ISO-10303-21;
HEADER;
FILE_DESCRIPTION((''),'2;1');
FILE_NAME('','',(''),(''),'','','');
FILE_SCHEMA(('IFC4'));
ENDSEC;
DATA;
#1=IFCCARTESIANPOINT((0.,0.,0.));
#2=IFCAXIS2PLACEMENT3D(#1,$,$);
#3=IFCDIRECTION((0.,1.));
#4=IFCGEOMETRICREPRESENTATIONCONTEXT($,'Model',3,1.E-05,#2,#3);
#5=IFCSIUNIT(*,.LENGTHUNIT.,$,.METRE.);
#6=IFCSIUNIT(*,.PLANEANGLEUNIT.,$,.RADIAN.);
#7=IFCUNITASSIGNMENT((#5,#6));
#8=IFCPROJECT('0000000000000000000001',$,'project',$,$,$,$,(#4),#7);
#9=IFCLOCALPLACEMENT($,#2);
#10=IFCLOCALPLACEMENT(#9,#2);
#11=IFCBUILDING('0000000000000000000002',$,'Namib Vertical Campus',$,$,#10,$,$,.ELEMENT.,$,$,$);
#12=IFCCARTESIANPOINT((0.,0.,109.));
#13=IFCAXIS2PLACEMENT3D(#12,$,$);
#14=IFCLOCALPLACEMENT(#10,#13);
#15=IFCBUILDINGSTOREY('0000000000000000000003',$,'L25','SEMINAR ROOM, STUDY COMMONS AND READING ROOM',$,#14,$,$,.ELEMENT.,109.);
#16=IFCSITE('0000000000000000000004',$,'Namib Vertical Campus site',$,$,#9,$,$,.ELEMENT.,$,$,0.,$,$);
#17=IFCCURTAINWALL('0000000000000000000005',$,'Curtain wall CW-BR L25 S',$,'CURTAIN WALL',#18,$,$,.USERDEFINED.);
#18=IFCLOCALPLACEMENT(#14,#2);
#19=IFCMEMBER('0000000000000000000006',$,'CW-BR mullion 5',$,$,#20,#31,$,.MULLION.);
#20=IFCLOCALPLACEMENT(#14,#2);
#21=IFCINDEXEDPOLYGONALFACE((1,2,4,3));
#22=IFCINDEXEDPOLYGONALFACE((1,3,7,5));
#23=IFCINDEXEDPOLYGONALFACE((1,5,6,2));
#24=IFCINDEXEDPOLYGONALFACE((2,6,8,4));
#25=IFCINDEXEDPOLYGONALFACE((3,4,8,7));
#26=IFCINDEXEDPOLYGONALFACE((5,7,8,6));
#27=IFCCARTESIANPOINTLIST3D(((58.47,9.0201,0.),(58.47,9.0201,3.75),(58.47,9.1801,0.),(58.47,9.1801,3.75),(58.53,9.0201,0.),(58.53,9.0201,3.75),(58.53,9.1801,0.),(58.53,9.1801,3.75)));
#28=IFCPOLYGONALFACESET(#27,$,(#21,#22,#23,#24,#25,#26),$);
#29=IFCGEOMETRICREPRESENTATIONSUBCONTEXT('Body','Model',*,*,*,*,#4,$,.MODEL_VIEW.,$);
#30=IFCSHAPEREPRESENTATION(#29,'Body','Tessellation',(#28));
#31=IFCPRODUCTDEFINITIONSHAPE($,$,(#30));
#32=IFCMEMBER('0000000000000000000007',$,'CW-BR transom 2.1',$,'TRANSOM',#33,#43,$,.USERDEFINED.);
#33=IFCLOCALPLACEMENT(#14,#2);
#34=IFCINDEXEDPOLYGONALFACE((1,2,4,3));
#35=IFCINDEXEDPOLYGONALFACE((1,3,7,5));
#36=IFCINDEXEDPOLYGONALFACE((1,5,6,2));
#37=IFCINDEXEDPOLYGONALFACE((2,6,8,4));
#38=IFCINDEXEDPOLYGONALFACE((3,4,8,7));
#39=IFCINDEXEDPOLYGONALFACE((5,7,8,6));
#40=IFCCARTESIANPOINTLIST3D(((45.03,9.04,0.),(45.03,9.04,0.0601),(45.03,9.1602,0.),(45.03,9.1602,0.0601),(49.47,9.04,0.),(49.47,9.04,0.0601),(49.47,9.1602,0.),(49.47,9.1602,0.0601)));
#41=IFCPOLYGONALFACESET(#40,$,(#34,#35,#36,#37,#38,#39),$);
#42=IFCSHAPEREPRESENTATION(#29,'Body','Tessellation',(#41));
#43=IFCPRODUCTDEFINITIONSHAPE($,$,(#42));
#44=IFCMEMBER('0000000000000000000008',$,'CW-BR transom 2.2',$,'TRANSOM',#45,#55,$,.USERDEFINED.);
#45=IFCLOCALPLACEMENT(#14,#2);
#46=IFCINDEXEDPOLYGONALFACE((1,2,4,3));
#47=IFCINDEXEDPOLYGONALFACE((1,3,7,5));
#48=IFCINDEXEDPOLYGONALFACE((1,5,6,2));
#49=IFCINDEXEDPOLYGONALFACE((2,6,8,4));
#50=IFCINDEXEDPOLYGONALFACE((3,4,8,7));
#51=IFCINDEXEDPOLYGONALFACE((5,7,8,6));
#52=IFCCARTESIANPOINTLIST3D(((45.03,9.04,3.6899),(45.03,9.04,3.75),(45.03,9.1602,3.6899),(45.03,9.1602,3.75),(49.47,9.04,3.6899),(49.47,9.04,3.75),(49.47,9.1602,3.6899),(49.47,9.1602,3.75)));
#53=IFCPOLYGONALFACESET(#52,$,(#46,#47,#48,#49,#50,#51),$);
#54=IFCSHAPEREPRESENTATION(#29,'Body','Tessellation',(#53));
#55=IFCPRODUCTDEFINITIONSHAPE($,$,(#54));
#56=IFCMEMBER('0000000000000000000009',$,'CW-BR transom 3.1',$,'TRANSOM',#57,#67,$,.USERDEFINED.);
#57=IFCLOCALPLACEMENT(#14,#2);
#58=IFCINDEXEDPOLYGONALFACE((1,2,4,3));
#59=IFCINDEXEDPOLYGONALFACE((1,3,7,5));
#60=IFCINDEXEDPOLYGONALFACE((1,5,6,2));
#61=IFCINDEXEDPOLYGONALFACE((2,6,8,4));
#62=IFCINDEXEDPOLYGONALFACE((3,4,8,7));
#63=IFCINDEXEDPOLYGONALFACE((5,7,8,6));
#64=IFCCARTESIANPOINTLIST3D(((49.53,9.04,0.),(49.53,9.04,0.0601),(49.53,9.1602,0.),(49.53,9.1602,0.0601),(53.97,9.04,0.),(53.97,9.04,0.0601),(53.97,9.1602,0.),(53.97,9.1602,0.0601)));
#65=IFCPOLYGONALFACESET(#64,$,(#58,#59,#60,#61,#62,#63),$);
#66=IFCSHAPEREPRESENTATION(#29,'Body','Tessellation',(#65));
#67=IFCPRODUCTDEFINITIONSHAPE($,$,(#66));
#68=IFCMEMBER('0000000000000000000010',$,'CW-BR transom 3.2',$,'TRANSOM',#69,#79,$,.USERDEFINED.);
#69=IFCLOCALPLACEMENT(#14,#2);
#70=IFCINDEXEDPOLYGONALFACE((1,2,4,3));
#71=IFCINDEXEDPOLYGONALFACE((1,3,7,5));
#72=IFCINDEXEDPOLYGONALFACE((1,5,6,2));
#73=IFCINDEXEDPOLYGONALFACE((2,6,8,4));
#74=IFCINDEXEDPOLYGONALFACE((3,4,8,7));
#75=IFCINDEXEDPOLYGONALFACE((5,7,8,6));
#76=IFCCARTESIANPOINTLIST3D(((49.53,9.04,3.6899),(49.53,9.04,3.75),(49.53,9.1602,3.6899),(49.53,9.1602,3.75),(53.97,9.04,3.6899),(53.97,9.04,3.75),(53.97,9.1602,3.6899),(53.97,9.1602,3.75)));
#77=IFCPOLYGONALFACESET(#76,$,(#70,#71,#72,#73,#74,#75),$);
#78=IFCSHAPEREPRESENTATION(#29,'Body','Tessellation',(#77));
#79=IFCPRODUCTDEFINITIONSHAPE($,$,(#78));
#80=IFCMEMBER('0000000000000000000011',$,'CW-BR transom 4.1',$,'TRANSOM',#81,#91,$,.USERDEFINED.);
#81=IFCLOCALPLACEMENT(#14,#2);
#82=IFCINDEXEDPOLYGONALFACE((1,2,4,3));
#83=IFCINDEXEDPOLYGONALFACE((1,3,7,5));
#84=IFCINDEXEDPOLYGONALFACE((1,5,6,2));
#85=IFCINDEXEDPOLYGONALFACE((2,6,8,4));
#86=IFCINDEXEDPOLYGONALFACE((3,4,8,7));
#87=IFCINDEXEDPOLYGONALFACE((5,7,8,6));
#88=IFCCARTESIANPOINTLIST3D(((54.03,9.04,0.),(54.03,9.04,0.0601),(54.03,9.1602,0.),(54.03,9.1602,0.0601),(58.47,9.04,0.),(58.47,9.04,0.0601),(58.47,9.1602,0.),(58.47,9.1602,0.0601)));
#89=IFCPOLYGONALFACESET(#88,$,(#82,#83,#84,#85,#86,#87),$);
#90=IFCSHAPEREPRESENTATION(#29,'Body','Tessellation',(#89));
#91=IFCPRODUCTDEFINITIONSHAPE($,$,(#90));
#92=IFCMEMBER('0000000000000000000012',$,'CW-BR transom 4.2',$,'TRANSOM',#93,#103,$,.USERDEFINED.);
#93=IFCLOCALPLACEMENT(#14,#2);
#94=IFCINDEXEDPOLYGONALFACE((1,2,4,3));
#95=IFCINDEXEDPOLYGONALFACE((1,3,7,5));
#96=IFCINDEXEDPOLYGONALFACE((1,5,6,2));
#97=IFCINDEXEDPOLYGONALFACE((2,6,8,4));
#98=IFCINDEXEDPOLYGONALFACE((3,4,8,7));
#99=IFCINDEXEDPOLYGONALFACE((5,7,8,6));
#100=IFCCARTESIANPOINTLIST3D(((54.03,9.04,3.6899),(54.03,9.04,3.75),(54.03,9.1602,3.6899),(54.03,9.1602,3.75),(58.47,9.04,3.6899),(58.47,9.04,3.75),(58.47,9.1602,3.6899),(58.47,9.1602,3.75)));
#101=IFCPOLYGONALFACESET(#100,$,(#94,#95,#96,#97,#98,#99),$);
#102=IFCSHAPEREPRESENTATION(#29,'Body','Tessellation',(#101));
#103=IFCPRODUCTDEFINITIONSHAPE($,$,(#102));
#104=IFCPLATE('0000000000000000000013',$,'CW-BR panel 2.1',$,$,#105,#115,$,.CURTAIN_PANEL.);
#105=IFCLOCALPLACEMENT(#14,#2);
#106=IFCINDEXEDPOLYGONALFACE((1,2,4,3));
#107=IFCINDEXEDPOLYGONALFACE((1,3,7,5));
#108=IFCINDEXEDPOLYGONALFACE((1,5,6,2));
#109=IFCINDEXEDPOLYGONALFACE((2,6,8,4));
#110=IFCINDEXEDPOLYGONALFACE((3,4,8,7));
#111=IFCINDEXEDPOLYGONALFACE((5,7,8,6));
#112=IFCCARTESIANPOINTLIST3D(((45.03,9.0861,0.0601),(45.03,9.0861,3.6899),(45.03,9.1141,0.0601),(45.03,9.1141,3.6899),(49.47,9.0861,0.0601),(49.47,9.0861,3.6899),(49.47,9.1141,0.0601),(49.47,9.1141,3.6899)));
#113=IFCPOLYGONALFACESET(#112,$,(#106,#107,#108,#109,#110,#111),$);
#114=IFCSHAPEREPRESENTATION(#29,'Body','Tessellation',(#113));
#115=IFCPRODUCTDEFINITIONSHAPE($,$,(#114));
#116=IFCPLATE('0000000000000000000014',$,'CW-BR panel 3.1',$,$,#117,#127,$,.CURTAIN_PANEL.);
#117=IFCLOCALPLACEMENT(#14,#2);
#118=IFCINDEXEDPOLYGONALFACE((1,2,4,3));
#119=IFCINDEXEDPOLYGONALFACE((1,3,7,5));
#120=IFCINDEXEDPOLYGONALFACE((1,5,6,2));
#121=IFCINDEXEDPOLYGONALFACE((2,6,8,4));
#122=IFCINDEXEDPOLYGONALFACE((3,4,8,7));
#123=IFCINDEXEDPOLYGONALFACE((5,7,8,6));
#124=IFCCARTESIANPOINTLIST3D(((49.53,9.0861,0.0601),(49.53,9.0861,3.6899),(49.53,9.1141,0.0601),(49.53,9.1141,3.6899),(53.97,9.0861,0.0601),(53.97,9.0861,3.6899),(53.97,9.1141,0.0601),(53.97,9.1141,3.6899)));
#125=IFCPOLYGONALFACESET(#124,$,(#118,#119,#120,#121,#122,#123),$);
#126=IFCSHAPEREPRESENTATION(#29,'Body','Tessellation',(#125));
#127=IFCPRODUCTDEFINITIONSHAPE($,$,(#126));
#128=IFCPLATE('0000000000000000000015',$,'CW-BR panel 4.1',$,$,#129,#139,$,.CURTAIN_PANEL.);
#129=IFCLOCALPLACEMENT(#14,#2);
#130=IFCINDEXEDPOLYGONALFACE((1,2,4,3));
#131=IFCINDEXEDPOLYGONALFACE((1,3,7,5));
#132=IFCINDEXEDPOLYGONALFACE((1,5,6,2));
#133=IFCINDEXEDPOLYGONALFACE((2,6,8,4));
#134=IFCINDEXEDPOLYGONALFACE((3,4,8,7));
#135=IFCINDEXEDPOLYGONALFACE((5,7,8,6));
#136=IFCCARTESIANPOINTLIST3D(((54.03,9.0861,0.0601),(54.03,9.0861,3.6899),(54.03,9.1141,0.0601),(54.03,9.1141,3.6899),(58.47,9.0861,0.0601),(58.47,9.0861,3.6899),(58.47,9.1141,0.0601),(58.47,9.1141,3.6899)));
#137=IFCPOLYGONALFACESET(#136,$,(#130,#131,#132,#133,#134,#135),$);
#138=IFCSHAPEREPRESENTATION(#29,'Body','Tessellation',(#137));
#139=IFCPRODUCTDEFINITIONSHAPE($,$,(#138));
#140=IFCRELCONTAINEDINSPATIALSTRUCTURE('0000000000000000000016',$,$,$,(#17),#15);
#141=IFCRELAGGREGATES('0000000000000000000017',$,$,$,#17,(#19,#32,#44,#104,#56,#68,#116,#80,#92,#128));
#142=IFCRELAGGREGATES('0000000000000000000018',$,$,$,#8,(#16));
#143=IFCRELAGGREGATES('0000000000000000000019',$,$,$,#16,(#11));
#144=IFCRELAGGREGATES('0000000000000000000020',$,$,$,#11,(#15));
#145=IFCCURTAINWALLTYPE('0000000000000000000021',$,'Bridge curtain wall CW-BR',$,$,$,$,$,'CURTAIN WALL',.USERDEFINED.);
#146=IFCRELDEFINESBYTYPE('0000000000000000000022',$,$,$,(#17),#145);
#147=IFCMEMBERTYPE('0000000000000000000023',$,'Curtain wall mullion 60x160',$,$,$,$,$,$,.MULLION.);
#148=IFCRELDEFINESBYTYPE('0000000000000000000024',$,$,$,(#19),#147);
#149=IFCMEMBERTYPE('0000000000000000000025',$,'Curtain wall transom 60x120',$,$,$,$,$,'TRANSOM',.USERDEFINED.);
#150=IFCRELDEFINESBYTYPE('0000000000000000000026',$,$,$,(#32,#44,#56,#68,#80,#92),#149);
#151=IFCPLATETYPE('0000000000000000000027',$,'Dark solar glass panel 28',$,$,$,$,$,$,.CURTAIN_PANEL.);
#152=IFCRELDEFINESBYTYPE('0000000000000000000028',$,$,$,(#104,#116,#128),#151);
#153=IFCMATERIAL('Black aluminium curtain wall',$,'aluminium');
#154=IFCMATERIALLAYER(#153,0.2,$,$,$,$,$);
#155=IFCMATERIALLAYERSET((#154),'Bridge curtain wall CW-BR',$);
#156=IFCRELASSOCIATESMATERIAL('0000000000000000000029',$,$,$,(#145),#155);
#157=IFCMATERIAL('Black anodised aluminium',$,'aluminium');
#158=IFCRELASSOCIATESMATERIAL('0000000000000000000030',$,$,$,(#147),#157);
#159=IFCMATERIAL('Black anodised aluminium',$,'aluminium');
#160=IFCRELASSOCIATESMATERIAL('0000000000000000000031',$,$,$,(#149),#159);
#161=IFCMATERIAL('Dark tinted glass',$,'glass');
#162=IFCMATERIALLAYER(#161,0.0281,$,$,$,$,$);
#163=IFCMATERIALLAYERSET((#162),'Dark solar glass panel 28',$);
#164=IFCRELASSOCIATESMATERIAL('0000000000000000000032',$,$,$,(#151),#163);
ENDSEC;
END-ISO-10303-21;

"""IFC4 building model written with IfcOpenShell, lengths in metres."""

from ifc_helpers import new_model, si_unit, direction, frame, origin, origin_2d, place, context, subcontext, project, spatial, rectangle, extrude, material, layer, layer_set, material_profile, profile_set, type_object, element, aggregate, save


model = new_model("IFC4")

# Units and contexts
model_context = context("Model", 3, precision=1e-05, world=origin(), true_north=direction((0.0, 1.0)))
body_context = subcontext(model_context, "Body", "Model", "MODEL_VIEW")
ifc_project = project(units=[si_unit("LENGTHUNIT", "METRE"), si_unit("PLANEANGLEUNIT", "RADIAN")], contexts=[model_context])

# Site, building, storey
site_placement = place(None, origin())
site = spatial("IfcSite", under=ifc_project, at=site_placement, Name="Namib Vertical Campus site", CompositionType="ELEMENT", RefElevation=0.0)
building_placement = place(site_placement, origin())
building = spatial("IfcBuilding", under=site, at=building_placement, Name="Namib Vertical Campus", CompositionType="ELEMENT")
storey_placement = place(building_placement, frame((0.0, 0.0, 109.0)))
storey = spatial("IfcBuildingStorey", under=building, at=storey_placement, Name="L25", Description="SEMINAR ROOM, STUDY COMMONS AND READING ROOM", CompositionType="ELEMENT", Elevation=109.0)

# Curtain wall, members, plates
ifc_material_1 = material(Name="Black aluminium curtain wall", Category="aluminium")
ifc_layer_1 = layer(ifc_material_1, 0.2)
ifc_layer_set_1 = layer_set([ifc_layer_1], Name="Bridge curtain wall CW-BR")
curtain_wall_type = type_object("IfcCurtainWallType", Name="Bridge curtain wall CW-BR", ElementType="CURTAIN WALL", PredefinedType="USERDEFINED", material=ifc_layer_set_1)
curtain_wall_placement = place(storey_placement, origin())
curtain_wall = element("IfcCurtainWall", 1, at=curtain_wall_placement, inside=storey, type_object=curtain_wall_type, Name="Curtain wall CW-BR L25 S", ObjectType="CURTAIN WALL", PredefinedType="USERDEFINED")
ifc_material_2 = material(Name="Black anodised aluminium", Category="aluminium")
ifc_material_profile_1 = material_profile(ifc_material_2, rectangle(XDim=0.0601, YDim=0.1599, at=origin_2d()))
ifc_profile_set_1 = profile_set([ifc_material_profile_1], Name="Black anodised aluminium")
member_type_1 = type_object("IfcMemberType", Name="Curtain wall mullion 60x160", PredefinedType="MULLION", material=ifc_profile_set_1)
member_1_placement = place(storey_placement, frame((58.5, 9.1001, 0.0), z_axis=(0.0, 0.0, 1.0), x_axis=(1.0, 0.0, 0.0)))
member_1 = element("IfcMember", 2, at=member_1_placement, type_object=member_type_1, Name="CW-BR mullion 5", PredefinedType="MULLION", context=body_context, shape_type="SweptSolid", body=[
    extrude(rectangle(XDim=0.0601, YDim=0.1599, at=origin_2d()), origin(), (0.0, 0.0, 1.0), 3.75),
])
ifc_material_3 = material(Name="Black anodised aluminium", Category="aluminium")
ifc_material_profile_2 = material_profile(ifc_material_3, rectangle(XDim=0.0601, YDim=0.1201, at=origin_2d()))
ifc_profile_set_2 = profile_set([ifc_material_profile_2], Name="Black anodised aluminium")
member_type_2 = type_object("IfcMemberType", Name="Curtain wall transom 60x120", ElementType="TRANSOM", PredefinedType="USERDEFINED", material=ifc_profile_set_2)
member_2_placement = place(storey_placement, frame((45.03, 9.1001, 0.03), z_axis=(1.0, 0.0, 0.0), x_axis=(0.0, 0.0, 1.0)))
member_2 = element("IfcMember", 3, at=member_2_placement, type_object=member_type_2, Name="CW-BR transom 2.1", ObjectType="TRANSOM", PredefinedType="USERDEFINED", context=body_context, shape_type="SweptSolid", body=[
    extrude(rectangle(XDim=0.0601, YDim=0.1201, at=origin_2d()), origin(), (0.0, 0.0, 1.0), 4.4399),
])
member_3_placement = place(storey_placement, frame((45.03, 9.1001, 3.72), z_axis=(1.0, 0.0, 0.0), x_axis=(0.0, 0.0, 1.0)))
member_3 = element("IfcMember", 4, at=member_3_placement, type_object=member_type_2, Name="CW-BR transom 2.2", ObjectType="TRANSOM", PredefinedType="USERDEFINED", context=body_context, shape_type="SweptSolid", body=[
    extrude(rectangle(XDim=0.0601, YDim=0.1201, at=origin_2d()), origin(), (0.0, 0.0, 1.0), 4.4399),
])
member_4_placement = place(storey_placement, frame((49.53, 9.1001, 0.03), z_axis=(1.0, 0.0, 0.0), x_axis=(0.0, 0.0, 1.0)))
member_4 = element("IfcMember", 5, at=member_4_placement, type_object=member_type_2, Name="CW-BR transom 3.1", ObjectType="TRANSOM", PredefinedType="USERDEFINED", context=body_context, shape_type="SweptSolid", body=[
    extrude(rectangle(XDim=0.0601, YDim=0.1201, at=origin_2d()), origin(), (0.0, 0.0, 1.0), 4.4399),
])
member_5_placement = place(storey_placement, frame((49.53, 9.1001, 3.72), z_axis=(1.0, 0.0, 0.0), x_axis=(0.0, 0.0, 1.0)))
member_5 = element("IfcMember", 6, at=member_5_placement, type_object=member_type_2, Name="CW-BR transom 3.2", ObjectType="TRANSOM", PredefinedType="USERDEFINED", context=body_context, shape_type="SweptSolid", body=[
    extrude(rectangle(XDim=0.0601, YDim=0.1201, at=origin_2d()), origin(), (0.0, 0.0, 1.0), 4.4399),
])
member_6_placement = place(storey_placement, frame((54.03, 9.1001, 0.03), z_axis=(1.0, 0.0, 0.0), x_axis=(0.0, 0.0, 1.0)))
member_6 = element("IfcMember", 7, at=member_6_placement, type_object=member_type_2, Name="CW-BR transom 4.1", ObjectType="TRANSOM", PredefinedType="USERDEFINED", context=body_context, shape_type="SweptSolid", body=[
    extrude(rectangle(XDim=0.0601, YDim=0.1201, at=origin_2d()), origin(), (0.0, 0.0, 1.0), 4.4399),
])
member_7_placement = place(storey_placement, frame((54.03, 9.1001, 3.72), z_axis=(1.0, 0.0, 0.0), x_axis=(0.0, 0.0, 1.0)))
member_7 = element("IfcMember", 8, at=member_7_placement, type_object=member_type_2, Name="CW-BR transom 4.2", ObjectType="TRANSOM", PredefinedType="USERDEFINED", context=body_context, shape_type="SweptSolid", body=[
    extrude(rectangle(XDim=0.0601, YDim=0.1201, at=origin_2d()), origin(), (0.0, 0.0, 1.0), 4.4399),
])
ifc_material_4 = material(Name="Dark tinted glass", Category="glass")
ifc_layer_2 = layer(ifc_material_4, 0.0281)
ifc_layer_set_2 = layer_set([ifc_layer_2], Name="Dark solar glass panel 28")
plate_type = type_object("IfcPlateType", Name="Dark solar glass panel 28", PredefinedType="CURTAIN_PANEL", material=ifc_layer_set_2)
plate_1_placement = place(storey_placement, frame((47.25, 9.1001, 0.0601), z_axis=(0.0, 0.0, 1.0), x_axis=(1.0, 0.0, 0.0)))
plate_1 = element("IfcPlate", 9, at=plate_1_placement, type_object=plate_type, Name="CW-BR panel 2.1", PredefinedType="CURTAIN_PANEL", context=body_context, shape_type="SweptSolid", body=[
    extrude(rectangle(XDim=4.4399, YDim=0.0281, at=origin_2d()), origin(), (0.0, 0.0, 1.0), 3.6299),
])
plate_2_placement = place(storey_placement, frame((51.75, 9.1001, 0.0601), z_axis=(0.0, 0.0, 1.0), x_axis=(1.0, 0.0, 0.0)))
plate_2 = element("IfcPlate", 10, at=plate_2_placement, type_object=plate_type, Name="CW-BR panel 3.1", PredefinedType="CURTAIN_PANEL", context=body_context, shape_type="SweptSolid", body=[
    extrude(rectangle(XDim=4.4399, YDim=0.0281, at=origin_2d()), origin(), (0.0, 0.0, 1.0), 3.6299),
])
plate_3_placement = place(storey_placement, frame((56.25, 9.1001, 0.0601), z_axis=(0.0, 0.0, 1.0), x_axis=(1.0, 0.0, 0.0)))
plate_3 = element("IfcPlate", 11, at=plate_3_placement, type_object=plate_type, Name="CW-BR panel 4.1", PredefinedType="CURTAIN_PANEL", context=body_context, shape_type="SweptSolid", body=[
    extrude(rectangle(XDim=4.4399, YDim=0.0281, at=origin_2d()), origin(), (0.0, 0.0, 1.0), 3.6299),
])
aggregate(curtain_wall, [member_1, member_2, member_3, plate_1, member_4, member_5, plate_2, member_6, member_7, plate_3])

save(model, "model.ifc")
